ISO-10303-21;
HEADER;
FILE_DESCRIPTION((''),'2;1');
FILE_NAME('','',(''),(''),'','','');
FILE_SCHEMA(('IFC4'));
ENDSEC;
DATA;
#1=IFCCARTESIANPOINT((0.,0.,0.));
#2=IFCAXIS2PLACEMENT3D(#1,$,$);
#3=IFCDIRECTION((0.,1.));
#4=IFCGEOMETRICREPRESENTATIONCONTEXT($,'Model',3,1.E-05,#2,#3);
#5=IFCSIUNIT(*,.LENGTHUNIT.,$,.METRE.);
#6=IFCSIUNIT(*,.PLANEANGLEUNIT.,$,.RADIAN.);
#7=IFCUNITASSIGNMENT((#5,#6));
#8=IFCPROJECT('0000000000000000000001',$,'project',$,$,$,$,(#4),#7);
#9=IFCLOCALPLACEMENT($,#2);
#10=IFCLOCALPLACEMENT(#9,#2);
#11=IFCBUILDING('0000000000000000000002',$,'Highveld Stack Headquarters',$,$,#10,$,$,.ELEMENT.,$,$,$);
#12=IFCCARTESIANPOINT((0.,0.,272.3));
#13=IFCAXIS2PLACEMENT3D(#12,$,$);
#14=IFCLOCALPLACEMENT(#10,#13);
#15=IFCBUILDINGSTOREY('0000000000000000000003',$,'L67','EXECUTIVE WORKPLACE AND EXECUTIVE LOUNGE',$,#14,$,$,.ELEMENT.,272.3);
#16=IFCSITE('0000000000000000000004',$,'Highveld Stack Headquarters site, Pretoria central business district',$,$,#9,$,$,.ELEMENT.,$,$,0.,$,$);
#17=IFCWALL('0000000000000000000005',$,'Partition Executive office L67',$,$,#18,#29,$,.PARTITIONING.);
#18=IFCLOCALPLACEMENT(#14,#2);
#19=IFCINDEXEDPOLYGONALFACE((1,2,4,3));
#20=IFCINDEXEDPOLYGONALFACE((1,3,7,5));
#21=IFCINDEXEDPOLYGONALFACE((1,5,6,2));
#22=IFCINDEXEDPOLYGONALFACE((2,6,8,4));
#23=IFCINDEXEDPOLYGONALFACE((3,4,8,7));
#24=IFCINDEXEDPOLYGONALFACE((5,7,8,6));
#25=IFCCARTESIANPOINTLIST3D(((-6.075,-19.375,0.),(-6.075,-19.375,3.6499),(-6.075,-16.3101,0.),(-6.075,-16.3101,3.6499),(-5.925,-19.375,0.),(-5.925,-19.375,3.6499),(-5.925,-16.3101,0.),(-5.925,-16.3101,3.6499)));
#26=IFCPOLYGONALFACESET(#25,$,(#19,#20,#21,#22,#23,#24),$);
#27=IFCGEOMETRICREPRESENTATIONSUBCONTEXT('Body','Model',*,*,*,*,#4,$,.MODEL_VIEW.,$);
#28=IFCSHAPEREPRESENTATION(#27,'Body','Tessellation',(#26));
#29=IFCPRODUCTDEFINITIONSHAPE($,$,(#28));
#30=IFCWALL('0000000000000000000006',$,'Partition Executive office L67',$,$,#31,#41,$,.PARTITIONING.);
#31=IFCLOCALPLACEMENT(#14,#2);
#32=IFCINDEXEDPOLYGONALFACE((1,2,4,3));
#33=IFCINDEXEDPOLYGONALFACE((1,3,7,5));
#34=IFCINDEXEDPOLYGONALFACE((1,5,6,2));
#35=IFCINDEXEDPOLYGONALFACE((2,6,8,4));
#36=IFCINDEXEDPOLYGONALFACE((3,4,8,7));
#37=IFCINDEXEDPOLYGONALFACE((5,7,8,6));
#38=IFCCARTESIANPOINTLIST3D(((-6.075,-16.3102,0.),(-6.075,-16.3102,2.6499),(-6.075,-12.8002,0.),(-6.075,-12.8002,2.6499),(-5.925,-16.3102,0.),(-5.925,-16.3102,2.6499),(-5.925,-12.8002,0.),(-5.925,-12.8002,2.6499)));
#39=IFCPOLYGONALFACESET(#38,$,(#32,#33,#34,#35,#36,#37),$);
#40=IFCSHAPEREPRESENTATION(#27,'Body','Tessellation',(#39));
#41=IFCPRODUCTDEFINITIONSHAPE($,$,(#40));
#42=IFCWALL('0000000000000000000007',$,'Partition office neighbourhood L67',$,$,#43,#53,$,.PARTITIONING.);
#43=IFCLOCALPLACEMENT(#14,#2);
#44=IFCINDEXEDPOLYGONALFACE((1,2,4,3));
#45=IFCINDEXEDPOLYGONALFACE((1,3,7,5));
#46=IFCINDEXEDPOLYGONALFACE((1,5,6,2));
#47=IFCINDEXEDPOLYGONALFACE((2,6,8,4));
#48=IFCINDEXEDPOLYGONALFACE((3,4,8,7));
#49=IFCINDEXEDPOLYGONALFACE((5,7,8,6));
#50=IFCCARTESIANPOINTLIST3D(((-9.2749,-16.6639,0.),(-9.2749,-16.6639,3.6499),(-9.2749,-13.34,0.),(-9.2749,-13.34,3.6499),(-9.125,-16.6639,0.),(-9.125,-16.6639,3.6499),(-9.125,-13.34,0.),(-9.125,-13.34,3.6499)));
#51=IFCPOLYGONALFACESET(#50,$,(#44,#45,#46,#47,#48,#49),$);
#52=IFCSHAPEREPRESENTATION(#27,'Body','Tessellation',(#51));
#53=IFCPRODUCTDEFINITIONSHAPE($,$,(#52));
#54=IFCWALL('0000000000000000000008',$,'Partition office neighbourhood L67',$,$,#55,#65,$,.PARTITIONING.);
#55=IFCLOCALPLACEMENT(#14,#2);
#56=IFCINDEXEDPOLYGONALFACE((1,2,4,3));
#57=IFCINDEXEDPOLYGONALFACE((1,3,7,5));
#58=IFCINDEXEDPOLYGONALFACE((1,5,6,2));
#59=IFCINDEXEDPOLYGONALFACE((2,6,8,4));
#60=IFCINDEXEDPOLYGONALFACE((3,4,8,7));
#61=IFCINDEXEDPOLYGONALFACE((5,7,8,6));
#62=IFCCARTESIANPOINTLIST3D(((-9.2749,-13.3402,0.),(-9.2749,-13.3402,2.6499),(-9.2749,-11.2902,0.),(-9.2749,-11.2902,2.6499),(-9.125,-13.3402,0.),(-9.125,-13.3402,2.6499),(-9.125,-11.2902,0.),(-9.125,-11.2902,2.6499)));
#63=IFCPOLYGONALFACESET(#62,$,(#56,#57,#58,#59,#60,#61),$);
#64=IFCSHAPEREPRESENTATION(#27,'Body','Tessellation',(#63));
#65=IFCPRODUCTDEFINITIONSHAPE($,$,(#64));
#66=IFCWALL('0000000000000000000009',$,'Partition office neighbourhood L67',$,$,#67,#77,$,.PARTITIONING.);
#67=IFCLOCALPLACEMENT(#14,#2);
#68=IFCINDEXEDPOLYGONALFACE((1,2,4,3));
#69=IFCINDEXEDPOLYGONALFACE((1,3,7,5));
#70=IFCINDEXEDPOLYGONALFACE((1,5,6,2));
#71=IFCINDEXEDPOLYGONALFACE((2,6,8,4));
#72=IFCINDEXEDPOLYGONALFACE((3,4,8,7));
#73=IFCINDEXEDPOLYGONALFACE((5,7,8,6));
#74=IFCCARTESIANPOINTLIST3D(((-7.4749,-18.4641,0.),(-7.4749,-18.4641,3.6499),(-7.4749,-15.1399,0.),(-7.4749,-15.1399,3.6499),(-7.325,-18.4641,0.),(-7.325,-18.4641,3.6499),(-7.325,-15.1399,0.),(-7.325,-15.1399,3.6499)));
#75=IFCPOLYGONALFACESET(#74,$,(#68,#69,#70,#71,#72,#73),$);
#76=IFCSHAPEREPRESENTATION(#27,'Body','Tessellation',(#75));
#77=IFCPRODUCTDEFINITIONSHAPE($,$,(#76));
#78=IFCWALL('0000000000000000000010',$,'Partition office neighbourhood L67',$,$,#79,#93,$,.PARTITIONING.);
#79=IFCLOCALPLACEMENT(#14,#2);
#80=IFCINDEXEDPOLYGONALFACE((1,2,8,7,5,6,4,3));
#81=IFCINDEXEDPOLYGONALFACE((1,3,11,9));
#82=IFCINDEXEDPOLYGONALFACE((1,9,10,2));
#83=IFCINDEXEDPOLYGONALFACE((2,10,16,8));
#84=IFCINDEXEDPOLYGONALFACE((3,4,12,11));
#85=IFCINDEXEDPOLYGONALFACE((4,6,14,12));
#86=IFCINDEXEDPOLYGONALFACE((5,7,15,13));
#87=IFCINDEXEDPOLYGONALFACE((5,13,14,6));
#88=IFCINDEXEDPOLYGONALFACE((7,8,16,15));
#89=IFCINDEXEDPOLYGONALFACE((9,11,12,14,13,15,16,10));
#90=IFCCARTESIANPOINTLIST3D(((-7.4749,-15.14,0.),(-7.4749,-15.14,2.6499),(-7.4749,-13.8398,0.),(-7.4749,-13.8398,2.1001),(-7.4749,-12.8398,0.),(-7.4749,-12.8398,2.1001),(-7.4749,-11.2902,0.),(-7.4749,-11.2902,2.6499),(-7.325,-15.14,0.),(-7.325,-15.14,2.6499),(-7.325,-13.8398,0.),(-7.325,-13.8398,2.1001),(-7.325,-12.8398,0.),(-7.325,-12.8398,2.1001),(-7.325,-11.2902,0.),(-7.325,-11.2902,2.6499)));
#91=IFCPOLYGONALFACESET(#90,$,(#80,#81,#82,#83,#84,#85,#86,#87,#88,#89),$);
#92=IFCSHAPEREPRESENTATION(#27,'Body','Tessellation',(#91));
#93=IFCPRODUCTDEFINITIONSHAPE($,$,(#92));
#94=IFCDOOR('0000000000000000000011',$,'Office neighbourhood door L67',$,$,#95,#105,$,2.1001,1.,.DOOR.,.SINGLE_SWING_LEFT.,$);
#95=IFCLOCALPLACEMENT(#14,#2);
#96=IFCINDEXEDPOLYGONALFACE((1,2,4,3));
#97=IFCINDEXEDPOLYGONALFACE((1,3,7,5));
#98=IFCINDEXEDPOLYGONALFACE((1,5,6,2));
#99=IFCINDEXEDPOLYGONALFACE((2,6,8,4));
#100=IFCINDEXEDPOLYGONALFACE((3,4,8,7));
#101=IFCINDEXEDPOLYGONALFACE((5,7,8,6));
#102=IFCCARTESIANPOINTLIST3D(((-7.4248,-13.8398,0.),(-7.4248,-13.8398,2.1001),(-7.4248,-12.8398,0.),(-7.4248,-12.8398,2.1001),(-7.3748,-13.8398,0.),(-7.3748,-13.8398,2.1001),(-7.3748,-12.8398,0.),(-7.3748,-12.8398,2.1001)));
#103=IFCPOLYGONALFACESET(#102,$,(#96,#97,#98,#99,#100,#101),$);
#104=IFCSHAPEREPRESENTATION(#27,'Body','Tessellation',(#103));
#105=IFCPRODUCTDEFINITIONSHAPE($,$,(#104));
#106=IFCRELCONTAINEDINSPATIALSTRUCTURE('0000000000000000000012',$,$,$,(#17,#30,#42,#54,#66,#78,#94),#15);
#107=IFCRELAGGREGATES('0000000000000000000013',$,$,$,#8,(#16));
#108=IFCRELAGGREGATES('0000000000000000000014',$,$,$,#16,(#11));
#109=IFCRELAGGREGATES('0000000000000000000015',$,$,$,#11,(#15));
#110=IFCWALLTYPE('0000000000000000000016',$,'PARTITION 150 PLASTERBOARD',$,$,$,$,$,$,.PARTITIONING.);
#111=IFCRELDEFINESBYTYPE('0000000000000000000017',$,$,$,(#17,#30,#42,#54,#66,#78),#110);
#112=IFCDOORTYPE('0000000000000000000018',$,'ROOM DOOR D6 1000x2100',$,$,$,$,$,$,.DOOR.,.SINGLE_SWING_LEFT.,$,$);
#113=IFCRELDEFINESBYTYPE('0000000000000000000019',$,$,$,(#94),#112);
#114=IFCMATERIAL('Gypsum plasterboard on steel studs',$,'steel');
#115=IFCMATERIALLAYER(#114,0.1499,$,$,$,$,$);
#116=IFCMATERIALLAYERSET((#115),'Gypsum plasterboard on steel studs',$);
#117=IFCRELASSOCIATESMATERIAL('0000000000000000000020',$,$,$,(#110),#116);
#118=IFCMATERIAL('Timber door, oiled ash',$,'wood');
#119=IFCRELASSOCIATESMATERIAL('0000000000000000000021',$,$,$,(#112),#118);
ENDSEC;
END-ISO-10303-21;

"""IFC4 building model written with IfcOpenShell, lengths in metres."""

from ifc_helpers import new_model, si_unit, direction, frame, frame_2d, origin, place, context, subcontext, project, spatial, rectangle, extrude, material, layer, layer_set, type_object, element, fill, save


model = new_model("IFC4")

# Units and contexts
model_context = context("Model", 3, precision=1e-05, world=origin(), true_north=direction((0.0, 1.0)))
body_context = subcontext(model_context, "Body", "Model", "MODEL_VIEW")
ifc_project = project(units=[si_unit("LENGTHUNIT", "METRE"), si_unit("PLANEANGLEUNIT", "RADIAN")], contexts=[model_context])

# Site, building, storey
site_placement = place(None, origin())
site = spatial("IfcSite", under=ifc_project, at=site_placement, Name="Highveld Stack Headquarters site, Pretoria central business district", CompositionType="ELEMENT", RefElevation=0.0)
building_placement = place(site_placement, origin())
building = spatial("IfcBuilding", under=site, at=building_placement, Name="Highveld Stack Headquarters", CompositionType="ELEMENT")
storey_placement = place(building_placement, frame((0.0, 0.0, 272.3)))
storey = spatial("IfcBuildingStorey", under=building, at=storey_placement, Name="L67", Description="EXECUTIVE WORKPLACE AND EXECUTIVE LOUNGE", CompositionType="ELEMENT", Elevation=272.3)

# Walls
ifc_material_1 = material(Name="Gypsum plasterboard on steel studs", Category="steel")
ifc_layer_1 = layer(ifc_material_1, 0.1499)
ifc_layer_set_1 = layer_set([ifc_layer_1], Name="Gypsum plasterboard on steel studs")
wall_type = type_object("IfcWallType", Name="PARTITION 150 PLASTERBOARD", PredefinedType="PARTITIONING", material=ifc_layer_set_1)
wall_1_placement = place(storey_placement, frame((-6.0, -19.375, 0.0), z_axis=(0.0, 0.0, 1.0), x_axis=(0.0, 1.0, 0.0)))
element("IfcWall", 1, at=wall_1_placement, inside=storey, type_object=wall_type, Name="Partition Executive office L67", PredefinedType="PARTITIONING", context=body_context, shape_type="SweptSolid", body=[
    extrude(rectangle(XDim=3.0649, YDim=0.1499, at=frame_2d((1.5325, 0.0))), origin(), (0.0, 0.0, 1.0), 3.6499),
])
wall_2_placement = place(storey_placement, frame((-6.0, -16.3101, 0.0), z_axis=(0.0, 0.0, 1.0), x_axis=(0.0, 1.0, 0.0)))
element("IfcWall", 2, at=wall_2_placement, inside=storey, type_object=wall_type, Name="Partition Executive office L67", PredefinedType="PARTITIONING", context=body_context, shape_type="SweptSolid", body=[
    extrude(rectangle(XDim=3.51, YDim=0.1499, at=frame_2d((1.7549, 0.0))), origin(), (0.0, 0.0, 1.0), 2.6499),
])
wall_3_placement = place(storey_placement, frame((-9.2, -16.6641, 0.0), z_axis=(0.0, 0.0, 1.0), x_axis=(0.0, 1.0, 0.0)))
element("IfcWall", 3, at=wall_3_placement, inside=storey, type_object=wall_type, Name="Partition office neighbourhood L67", PredefinedType="PARTITIONING", context=body_context, shape_type="SweptSolid", body=[
    extrude(rectangle(XDim=3.324, YDim=0.1499, at=frame_2d((1.6621, 0.0))), origin(), (0.0, 0.0, 1.0), 3.6499),
])
wall_4_placement = place(storey_placement, frame((-9.2, -13.3401, 0.0), z_axis=(0.0, 0.0, 1.0), x_axis=(0.0, 1.0, 0.0)))
element("IfcWall", 4, at=wall_4_placement, inside=storey, type_object=wall_type, Name="Partition office neighbourhood L67", PredefinedType="PARTITIONING", context=body_context, shape_type="SweptSolid", body=[
    extrude(rectangle(XDim=2.05, YDim=0.1499, at=frame_2d((1.0249, 0.0))), origin(), (0.0, 0.0, 1.0), 2.6499),
])
wall_5_placement = place(storey_placement, frame((-7.3999, -18.4641, 0.0), z_axis=(0.0, 0.0, 1.0), x_axis=(0.0, 1.0, 0.0)))
element("IfcWall", 5, at=wall_5_placement, inside=storey, type_object=wall_type, Name="Partition office neighbourhood L67", PredefinedType="PARTITIONING", context=body_context, shape_type="SweptSolid", body=[
    extrude(rectangle(XDim=3.3242, YDim=0.1499, at=frame_2d((1.6621, 0.0))), origin(), (0.0, 0.0, 1.0), 3.6499),
])

# Wall, opening, door
wall_6_placement = place(storey_placement, frame((-7.3999, -15.1399, 0.0), z_axis=(0.0, 0.0, 1.0), x_axis=(0.0, 1.0, 0.0)))
wall_6 = element("IfcWall", 6, at=wall_6_placement, inside=storey, type_object=wall_type, Name="Partition office neighbourhood L67", PredefinedType="PARTITIONING", context=body_context, shape_type="SweptSolid", body=[
    extrude(rectangle(XDim=3.8499, YDim=0.1499, at=frame_2d((1.9248, 0.0))), origin(), (0.0, 0.0, 1.0), 2.6499),
])
opening_placement = place(wall_6_placement, frame((1.3, 0.0, 0.0)))
opening = element("IfcOpeningElement", 7, at=opening_placement, cuts=wall_6, PredefinedType="OPENING", context=body_context, shape_type="SweptSolid", body=[
    extrude(rectangle(XDim=1.0, YDim=2.1001, at=frame_2d((0.5, 1.05))), frame((0.0, 0.085, 0.0), z_axis=(0.0, -1.0, 0.0), x_axis=(1.0, 0.0, 0.0)), (0.0, 0.0, 1.0), 0.1699),
])
ifc_material_2 = material(Name="Timber door, oiled ash", Category="wood")
door_type = type_object("IfcDoorType", Name="ROOM DOOR D6 1000x2100", OperationType="SINGLE_SWING_LEFT", PredefinedType="DOOR", material=ifc_material_2)
door_placement = place(opening_placement, origin())
door = element("IfcDoor", 8, at=door_placement, inside=storey, type_object=door_type, Name="Office neighbourhood door L67", OperationType="SINGLE_SWING_LEFT", OverallHeight=2.1001, OverallWidth=1.0, PredefinedType="DOOR", context=body_context, shape_type="SweptSolid", body=[
    extrude(rectangle(XDim=1.0, YDim=2.1001, at=frame_2d((0.5, 1.05))), frame((0.0, 0.0249, 0.0), z_axis=(0.0, -1.0, 0.0), x_axis=(1.0, 0.0, 0.0)), (0.0, 0.0, 1.0), 0.05),
])
fill(opening, door)

save(model, "model.ifc")
